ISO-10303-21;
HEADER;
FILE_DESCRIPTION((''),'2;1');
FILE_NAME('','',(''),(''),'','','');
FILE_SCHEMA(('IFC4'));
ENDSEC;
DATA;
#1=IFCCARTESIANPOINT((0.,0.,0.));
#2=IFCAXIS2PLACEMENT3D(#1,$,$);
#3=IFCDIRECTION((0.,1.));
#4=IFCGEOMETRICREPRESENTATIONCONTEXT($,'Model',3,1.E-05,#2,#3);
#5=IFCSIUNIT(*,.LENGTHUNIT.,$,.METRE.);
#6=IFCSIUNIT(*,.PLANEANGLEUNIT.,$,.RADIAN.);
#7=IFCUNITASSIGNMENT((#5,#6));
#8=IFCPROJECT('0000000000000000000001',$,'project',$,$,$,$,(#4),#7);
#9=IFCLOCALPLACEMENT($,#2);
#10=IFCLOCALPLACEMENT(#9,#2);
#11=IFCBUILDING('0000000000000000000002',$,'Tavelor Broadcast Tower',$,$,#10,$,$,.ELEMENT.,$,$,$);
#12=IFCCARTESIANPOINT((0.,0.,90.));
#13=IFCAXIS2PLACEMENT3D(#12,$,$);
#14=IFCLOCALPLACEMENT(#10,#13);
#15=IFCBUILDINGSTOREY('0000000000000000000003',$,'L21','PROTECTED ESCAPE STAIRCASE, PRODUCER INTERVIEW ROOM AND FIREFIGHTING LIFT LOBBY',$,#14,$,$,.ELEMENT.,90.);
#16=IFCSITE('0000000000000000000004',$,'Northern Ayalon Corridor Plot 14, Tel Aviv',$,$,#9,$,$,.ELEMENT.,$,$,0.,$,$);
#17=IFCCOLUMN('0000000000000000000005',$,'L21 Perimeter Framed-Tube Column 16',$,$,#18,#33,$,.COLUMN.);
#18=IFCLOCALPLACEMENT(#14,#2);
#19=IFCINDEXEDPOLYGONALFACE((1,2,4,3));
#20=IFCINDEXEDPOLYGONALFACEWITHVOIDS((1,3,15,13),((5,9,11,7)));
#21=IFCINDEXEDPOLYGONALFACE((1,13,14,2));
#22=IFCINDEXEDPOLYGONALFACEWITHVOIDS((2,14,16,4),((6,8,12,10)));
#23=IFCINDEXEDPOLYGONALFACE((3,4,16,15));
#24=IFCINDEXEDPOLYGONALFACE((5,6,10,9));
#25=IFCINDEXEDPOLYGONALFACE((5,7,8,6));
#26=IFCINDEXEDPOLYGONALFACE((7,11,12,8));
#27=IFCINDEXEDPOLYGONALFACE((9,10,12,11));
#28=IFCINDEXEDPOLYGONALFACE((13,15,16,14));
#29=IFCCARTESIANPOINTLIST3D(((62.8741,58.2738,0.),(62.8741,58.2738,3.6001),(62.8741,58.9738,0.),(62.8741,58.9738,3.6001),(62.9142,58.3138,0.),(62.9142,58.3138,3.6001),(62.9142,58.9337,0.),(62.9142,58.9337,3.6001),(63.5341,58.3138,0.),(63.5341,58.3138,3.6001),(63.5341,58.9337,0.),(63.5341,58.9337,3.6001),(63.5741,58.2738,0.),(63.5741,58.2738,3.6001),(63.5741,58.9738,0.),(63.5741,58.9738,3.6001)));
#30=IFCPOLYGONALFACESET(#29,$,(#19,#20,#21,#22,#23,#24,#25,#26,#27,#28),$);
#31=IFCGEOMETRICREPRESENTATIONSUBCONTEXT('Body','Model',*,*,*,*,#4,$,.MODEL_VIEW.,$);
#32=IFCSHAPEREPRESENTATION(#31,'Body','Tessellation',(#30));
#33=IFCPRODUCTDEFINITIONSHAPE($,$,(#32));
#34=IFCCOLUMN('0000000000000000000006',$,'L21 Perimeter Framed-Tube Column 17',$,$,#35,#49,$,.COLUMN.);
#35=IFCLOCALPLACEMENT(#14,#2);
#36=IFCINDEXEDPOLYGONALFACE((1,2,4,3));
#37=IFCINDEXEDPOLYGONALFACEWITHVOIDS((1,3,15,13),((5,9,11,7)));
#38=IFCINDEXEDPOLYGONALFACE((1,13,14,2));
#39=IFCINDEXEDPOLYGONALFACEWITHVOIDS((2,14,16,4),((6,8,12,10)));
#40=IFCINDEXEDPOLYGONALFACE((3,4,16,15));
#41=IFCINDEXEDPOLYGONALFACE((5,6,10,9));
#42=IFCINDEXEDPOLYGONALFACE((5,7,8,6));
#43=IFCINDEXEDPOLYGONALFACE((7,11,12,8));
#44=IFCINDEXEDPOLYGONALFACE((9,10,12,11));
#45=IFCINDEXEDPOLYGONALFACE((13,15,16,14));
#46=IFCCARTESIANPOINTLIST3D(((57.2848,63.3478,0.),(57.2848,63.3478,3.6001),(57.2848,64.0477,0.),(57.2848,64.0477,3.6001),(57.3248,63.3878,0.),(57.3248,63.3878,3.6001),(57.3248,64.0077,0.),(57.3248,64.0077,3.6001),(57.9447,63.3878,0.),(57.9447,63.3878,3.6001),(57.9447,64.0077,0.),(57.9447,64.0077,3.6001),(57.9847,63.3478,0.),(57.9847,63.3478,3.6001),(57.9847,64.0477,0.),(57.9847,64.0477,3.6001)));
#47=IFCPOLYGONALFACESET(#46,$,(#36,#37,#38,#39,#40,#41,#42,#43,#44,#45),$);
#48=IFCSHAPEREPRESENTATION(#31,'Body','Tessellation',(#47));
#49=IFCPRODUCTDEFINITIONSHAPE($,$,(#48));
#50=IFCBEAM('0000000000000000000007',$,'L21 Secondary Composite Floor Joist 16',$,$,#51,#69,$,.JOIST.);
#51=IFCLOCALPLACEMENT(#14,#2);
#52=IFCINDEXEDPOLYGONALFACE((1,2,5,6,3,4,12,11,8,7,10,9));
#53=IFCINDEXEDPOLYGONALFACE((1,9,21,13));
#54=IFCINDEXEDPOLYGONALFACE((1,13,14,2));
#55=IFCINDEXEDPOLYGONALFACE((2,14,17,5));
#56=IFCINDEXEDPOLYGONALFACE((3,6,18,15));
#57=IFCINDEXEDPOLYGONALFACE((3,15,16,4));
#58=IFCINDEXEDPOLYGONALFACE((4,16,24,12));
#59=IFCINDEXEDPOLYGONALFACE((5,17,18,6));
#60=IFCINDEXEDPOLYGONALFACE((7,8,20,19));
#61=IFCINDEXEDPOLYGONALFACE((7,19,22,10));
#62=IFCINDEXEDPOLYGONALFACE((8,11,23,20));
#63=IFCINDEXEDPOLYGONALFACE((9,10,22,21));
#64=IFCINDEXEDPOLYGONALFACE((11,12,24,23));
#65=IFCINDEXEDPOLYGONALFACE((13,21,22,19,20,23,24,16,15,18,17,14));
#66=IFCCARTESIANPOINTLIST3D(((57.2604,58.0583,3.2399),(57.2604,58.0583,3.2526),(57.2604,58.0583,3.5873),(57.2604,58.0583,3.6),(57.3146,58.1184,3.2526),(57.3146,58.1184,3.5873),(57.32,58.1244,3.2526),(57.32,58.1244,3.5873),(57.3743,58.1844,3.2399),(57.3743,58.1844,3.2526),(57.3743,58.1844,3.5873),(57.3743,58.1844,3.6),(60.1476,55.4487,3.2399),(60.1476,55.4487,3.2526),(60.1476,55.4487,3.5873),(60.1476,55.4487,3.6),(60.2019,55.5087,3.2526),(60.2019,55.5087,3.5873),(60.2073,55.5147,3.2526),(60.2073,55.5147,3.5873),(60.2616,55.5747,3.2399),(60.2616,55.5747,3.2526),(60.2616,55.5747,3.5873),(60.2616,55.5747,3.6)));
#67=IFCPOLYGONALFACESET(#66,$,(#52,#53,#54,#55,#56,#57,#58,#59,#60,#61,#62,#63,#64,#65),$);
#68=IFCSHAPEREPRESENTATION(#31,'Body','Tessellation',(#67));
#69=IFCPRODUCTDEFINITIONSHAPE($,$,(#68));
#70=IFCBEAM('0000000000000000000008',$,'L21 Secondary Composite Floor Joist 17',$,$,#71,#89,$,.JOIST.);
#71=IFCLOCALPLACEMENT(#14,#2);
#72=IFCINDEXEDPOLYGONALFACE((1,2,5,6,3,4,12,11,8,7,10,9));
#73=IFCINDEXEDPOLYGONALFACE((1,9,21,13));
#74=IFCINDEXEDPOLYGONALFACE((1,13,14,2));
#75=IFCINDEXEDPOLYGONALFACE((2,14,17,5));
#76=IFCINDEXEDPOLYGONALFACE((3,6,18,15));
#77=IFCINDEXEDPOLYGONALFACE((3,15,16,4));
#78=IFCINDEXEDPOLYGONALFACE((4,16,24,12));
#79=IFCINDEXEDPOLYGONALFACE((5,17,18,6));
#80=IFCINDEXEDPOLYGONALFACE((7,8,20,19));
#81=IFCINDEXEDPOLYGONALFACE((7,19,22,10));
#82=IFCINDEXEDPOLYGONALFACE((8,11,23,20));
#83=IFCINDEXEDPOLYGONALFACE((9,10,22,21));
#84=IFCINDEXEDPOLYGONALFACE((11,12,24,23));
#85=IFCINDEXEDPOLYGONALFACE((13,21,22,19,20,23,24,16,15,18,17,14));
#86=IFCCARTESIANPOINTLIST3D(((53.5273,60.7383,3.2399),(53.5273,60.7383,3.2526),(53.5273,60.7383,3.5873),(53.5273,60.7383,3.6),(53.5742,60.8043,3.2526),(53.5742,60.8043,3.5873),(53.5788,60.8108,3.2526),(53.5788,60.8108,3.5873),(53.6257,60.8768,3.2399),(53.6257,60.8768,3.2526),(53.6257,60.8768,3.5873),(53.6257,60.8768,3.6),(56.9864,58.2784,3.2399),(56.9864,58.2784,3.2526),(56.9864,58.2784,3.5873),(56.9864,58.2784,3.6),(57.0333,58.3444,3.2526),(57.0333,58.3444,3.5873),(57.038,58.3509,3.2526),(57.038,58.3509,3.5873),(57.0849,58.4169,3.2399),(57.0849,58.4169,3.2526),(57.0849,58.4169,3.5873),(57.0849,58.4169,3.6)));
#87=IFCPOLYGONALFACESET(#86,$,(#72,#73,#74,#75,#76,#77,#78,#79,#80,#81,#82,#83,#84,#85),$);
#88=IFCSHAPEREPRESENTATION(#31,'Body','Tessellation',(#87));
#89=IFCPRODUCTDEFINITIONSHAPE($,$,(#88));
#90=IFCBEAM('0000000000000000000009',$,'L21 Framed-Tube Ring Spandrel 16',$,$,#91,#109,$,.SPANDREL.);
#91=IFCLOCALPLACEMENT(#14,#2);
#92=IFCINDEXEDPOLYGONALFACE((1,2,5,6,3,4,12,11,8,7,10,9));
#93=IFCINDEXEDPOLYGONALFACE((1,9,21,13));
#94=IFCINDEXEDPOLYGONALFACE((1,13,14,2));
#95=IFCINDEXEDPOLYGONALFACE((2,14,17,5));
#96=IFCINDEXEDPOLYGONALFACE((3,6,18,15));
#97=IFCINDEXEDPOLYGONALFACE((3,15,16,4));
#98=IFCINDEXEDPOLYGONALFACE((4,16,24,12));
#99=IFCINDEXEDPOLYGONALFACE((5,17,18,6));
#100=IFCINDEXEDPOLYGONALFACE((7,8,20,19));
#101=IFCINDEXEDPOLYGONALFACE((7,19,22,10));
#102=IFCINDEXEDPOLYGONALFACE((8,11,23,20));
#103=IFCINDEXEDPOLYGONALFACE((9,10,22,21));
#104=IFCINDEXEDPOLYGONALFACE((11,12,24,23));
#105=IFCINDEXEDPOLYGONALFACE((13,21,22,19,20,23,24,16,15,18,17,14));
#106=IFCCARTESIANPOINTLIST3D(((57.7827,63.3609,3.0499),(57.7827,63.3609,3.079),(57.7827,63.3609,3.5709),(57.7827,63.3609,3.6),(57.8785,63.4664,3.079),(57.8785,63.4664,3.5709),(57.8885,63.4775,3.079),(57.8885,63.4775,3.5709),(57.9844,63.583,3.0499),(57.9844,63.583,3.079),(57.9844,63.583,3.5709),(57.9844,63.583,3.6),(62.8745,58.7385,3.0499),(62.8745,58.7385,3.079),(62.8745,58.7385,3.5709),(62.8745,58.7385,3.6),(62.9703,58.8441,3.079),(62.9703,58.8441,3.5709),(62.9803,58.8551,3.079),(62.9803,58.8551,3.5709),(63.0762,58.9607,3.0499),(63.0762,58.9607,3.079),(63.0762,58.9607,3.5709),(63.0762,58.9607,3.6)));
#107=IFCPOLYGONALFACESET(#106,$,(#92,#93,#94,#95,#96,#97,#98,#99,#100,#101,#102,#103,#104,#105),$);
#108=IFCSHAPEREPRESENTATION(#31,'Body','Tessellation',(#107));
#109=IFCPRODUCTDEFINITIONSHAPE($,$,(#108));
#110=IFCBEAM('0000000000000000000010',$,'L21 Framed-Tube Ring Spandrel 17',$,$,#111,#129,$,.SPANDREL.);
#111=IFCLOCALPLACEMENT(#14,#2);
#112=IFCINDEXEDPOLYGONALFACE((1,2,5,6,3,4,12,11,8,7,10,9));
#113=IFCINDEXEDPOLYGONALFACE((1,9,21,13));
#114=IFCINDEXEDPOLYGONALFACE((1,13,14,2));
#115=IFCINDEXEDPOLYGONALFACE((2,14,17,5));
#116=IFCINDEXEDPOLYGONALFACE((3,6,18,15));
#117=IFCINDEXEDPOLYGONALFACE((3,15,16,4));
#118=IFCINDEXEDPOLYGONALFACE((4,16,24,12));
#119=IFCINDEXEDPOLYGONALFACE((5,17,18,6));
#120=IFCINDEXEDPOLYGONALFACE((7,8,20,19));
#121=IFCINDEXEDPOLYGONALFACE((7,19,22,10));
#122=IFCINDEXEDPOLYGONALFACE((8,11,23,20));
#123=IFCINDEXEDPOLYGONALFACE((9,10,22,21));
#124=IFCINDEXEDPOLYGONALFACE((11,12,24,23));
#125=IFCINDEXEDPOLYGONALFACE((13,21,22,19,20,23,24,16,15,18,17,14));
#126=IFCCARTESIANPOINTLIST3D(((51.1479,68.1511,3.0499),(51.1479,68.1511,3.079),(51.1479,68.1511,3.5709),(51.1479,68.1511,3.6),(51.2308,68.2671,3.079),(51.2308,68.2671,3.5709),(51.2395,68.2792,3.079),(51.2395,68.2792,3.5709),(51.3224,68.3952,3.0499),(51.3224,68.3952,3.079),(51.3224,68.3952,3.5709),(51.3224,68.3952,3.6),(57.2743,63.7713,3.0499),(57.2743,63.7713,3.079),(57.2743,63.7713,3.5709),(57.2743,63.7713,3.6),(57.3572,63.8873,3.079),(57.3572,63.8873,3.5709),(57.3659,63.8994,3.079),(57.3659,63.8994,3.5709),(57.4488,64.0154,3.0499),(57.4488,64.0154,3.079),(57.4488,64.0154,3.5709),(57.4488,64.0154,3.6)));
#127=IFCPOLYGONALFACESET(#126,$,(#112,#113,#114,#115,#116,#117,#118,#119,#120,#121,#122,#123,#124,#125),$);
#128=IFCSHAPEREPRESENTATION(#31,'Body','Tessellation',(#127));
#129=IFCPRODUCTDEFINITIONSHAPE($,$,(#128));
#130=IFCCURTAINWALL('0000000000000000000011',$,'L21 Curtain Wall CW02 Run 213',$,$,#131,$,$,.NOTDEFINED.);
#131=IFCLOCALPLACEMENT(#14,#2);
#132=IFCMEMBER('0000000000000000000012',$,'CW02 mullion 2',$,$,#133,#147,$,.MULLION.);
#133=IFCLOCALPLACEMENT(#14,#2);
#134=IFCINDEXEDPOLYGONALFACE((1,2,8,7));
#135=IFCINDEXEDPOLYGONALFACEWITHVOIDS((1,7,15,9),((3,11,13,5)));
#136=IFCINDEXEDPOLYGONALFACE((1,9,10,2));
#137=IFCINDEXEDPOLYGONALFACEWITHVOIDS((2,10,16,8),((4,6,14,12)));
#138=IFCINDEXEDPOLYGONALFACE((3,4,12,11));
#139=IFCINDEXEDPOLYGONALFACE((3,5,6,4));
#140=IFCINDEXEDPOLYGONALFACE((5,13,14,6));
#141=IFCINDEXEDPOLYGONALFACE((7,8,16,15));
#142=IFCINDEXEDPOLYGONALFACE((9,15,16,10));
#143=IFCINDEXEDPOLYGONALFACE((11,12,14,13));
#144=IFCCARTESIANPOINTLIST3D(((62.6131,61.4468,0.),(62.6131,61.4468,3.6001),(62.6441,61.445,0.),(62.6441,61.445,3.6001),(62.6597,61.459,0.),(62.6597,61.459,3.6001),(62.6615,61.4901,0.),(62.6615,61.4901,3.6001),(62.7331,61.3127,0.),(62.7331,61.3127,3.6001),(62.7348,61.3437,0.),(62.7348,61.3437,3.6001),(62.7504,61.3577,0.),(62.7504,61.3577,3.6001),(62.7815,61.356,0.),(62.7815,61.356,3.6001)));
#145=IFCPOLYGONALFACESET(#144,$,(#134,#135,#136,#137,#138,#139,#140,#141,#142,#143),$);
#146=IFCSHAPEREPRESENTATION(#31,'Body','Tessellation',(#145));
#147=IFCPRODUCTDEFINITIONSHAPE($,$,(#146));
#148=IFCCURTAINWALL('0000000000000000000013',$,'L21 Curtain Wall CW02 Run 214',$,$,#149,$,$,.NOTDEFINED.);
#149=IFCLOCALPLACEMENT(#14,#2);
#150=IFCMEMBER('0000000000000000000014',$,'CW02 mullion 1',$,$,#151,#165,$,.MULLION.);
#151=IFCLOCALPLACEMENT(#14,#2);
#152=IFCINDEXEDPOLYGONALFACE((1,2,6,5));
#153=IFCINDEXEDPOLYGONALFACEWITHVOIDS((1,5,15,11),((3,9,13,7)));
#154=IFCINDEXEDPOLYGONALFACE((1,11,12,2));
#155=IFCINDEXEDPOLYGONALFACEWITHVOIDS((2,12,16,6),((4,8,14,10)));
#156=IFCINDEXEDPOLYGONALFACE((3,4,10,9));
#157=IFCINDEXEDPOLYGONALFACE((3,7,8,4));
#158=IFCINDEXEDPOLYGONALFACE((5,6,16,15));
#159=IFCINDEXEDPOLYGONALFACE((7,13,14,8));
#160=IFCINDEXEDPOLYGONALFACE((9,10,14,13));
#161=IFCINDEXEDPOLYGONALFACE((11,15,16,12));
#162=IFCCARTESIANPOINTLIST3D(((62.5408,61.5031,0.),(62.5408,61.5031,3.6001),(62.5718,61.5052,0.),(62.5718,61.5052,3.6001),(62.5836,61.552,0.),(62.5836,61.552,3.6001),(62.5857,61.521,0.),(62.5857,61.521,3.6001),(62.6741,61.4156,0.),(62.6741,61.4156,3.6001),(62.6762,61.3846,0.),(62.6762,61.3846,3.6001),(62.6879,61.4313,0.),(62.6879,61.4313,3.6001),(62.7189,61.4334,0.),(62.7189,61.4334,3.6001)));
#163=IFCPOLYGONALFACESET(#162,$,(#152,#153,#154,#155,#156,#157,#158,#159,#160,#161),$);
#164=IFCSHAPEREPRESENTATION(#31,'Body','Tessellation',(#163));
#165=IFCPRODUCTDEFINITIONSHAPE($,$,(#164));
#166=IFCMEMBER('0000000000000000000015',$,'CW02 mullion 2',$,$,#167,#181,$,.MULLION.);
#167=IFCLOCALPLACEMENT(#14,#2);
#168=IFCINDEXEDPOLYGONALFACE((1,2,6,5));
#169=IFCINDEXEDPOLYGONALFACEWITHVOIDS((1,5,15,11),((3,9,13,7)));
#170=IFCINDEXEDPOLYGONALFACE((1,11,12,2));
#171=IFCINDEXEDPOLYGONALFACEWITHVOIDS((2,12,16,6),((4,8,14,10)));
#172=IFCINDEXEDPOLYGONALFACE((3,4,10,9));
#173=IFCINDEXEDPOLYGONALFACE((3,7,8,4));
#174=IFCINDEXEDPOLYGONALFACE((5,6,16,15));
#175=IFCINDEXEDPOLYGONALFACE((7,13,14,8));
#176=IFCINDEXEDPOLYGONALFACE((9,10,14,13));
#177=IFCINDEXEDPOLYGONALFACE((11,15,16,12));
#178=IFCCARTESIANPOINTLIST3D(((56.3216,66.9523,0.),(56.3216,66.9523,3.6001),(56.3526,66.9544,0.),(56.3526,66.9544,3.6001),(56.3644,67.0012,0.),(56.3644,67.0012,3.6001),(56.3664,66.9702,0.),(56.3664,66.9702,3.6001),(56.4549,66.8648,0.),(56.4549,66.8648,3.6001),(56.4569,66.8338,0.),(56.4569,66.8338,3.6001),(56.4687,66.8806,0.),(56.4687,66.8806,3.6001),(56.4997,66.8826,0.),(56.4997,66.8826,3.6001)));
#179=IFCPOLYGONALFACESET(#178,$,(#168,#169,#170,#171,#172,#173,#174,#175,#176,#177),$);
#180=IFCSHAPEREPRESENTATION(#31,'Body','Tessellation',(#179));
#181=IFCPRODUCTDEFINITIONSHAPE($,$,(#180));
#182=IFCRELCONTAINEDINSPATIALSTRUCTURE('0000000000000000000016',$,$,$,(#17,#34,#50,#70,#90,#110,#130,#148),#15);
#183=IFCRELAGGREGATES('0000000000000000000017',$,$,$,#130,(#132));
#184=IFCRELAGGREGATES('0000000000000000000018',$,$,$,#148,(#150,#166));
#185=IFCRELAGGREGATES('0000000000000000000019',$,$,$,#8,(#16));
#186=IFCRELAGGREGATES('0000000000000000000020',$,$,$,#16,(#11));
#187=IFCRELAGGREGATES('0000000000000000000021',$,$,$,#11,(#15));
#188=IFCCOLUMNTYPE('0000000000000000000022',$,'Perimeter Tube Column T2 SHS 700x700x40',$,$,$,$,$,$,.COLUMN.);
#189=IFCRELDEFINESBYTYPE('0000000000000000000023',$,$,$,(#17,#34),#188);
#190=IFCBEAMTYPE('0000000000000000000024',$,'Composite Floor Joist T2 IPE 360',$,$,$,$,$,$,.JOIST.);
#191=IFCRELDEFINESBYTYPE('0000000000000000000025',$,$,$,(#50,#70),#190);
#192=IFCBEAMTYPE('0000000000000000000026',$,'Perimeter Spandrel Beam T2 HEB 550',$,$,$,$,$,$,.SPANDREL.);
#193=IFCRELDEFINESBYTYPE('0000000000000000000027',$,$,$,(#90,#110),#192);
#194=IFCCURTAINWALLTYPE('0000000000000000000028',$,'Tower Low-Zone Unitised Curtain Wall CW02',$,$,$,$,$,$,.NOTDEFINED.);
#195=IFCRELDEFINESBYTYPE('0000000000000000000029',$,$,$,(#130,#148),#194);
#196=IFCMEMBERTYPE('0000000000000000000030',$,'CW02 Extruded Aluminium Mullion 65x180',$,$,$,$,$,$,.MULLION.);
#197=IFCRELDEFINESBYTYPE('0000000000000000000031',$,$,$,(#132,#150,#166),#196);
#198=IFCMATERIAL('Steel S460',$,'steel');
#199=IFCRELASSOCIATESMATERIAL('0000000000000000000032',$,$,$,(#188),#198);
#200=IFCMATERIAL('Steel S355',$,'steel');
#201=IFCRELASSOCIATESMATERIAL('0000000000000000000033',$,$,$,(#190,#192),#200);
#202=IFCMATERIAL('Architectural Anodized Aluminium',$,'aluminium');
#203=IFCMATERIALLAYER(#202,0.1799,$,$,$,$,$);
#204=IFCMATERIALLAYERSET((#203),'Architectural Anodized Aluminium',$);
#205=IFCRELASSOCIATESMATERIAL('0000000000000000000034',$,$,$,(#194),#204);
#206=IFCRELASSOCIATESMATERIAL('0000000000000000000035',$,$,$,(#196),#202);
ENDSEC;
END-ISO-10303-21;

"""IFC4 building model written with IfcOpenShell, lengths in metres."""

from ifc_helpers import new_model, si_unit, direction, frame, origin, origin_2d, place, context, subcontext, project, spatial, hollow_rectangle, i_section, extrude, source, transform, mapped, material, layer, layer_set, material_profile, profile_set, type_object, type_shapes, element, aggregate, save


model = new_model("IFC4")

# Units and contexts
model_context = context("Model", 3, precision=1e-05, world=origin(), true_north=direction((0.0, 1.0)))
body_context = subcontext(model_context, "Body", "Model", "MODEL_VIEW")
ifc_project = project(units=[si_unit("LENGTHUNIT", "METRE"), si_unit("PLANEANGLEUNIT", "RADIAN")], contexts=[model_context])

# Site, building, storey
site_placement = place(None, origin())
site = spatial("IfcSite", under=ifc_project, at=site_placement, Name="Northern Ayalon Corridor Plot 14, Tel Aviv", CompositionType="ELEMENT", RefElevation=0.0)
building_placement = place(site_placement, origin())
building = spatial("IfcBuilding", under=site, at=building_placement, Name="Tavelor Broadcast Tower", CompositionType="ELEMENT")
storey_placement = place(building_placement, frame((0.0, 0.0, 90.0)))
storey = spatial("IfcBuildingStorey", under=building, at=storey_placement, Name="L21", Description="PROTECTED ESCAPE STAIRCASE, PRODUCER INTERVIEW ROOM AND FIREFIGHTING LIFT LOBBY", CompositionType="ELEMENT", Elevation=90.0)

# Columns
ifc_material_1 = material(Name="Steel S460", Category="steel")
ifc_material_profile_1 = material_profile(ifc_material_1, hollow_rectangle(XDim=0.7, YDim=0.7, WallThickness=0.04, at=origin_2d()), Name="SHS 700x700x40")
ifc_profile_set_1 = profile_set([ifc_material_profile_1], Name="Steel S460")
column_type = type_object("IfcColumnType", Name="Perimeter Tube Column T2 SHS 700x700x40", PredefinedType="COLUMN", material=ifc_profile_set_1)
for number, where, z_axis, x_axis, name in (
    (1, (63.2241, 58.6238, 0.0), (0.0, 0.0, 1.0), (1.0, 0.0, 0.0), "L21 Perimeter Framed-Tube Column 16"),
    (2, (57.6348, 63.6978, 0.0), (0.0, 0.0, 1.0), (1.0, 0.0, 0.0), "L21 Perimeter Framed-Tube Column 17"),
):
    element("IfcColumn", number, at=place(storey_placement, frame(where, z_axis=z_axis, x_axis=x_axis)), inside=storey, type_object=column_type, Name=name, PredefinedType="COLUMN", context=body_context, shape_type="SweptSolid", body=[
        extrude(hollow_rectangle(XDim=0.7, YDim=0.7, WallThickness=0.04, at=origin_2d()), origin(), (0.0, 0.0, 1.0), 3.6001),
    ])

# Beams
ifc_material_2 = material(Name="Steel S355", Category="steel")
ifc_material_profile_2 = material_profile(ifc_material_2, i_section(OverallWidth=0.1699, OverallDepth=0.3601, WebThickness=0.0081, FlangeThickness=0.0127, at=origin_2d()), Name="IPE 360")
ifc_profile_set_2 = profile_set([ifc_material_profile_2], Name="Steel S355")
beam_type_1 = type_object("IfcBeamType", Name="Composite Floor Joist T2 IPE 360", PredefinedType="JOIST", material=ifc_profile_set_2)
beam_1_placement = place(storey_placement, frame((60.2046, 55.5117, 3.4199), z_axis=(-0.74187, 0.670544, 0.0), x_axis=(-0.670544, -0.74187, 0.0)))
element("IfcBeam", 3, at=beam_1_placement, inside=storey, type_object=beam_type_1, Name="L21 Secondary Composite Floor Joist 16", PredefinedType="JOIST", context=body_context, shape_type="SweptSolid", body=[
    extrude(i_section(OverallWidth=0.1699, OverallDepth=0.3601, WebThickness=0.0081, FlangeThickness=0.0127, at=origin_2d()), origin(), (0.0, 0.0, 1.0), 3.8918),
])
beam_2_placement = place(storey_placement, frame((57.0356, 58.3477, 3.4199), z_axis=(-0.814948, 0.579534, 0.0), x_axis=(-0.579534, -0.814948, 0.0)))
element("IfcBeam", 4, at=beam_2_placement, inside=storey, type_object=beam_type_1, Name="L21 Secondary Composite Floor Joist 17", PredefinedType="JOIST", context=body_context, shape_type="SweptSolid", body=[
    extrude(i_section(OverallWidth=0.1699, OverallDepth=0.3601, WebThickness=0.0081, FlangeThickness=0.0127, at=origin_2d()), origin(), (0.0, 0.0, 1.0), 4.2446),
])
ifc_material_profile_3 = material_profile(ifc_material_2, i_section(OverallWidth=0.3, OverallDepth=0.55, WebThickness=0.0149, FlangeThickness=0.0291, at=origin_2d()), Name="HEB 550")
ifc_profile_set_3 = profile_set([ifc_material_profile_3], Name="Steel S355")
beam_type_2 = type_object("IfcBeamType", Name="Perimeter Spandrel Beam T2 HEB 550", PredefinedType="SPANDREL", material=ifc_profile_set_3)
beam_3_placement = place(storey_placement, frame((62.9753, 58.8496, 3.325), z_axis=(-0.740417, 0.672148, 0.0), x_axis=(-0.672148, -0.740417, 0.0)))
element("IfcBeam", 5, at=beam_3_placement, inside=storey, type_object=beam_type_2, Name="L21 Framed-Tube Ring Spandrel 16", PredefinedType="SPANDREL", context=body_context, shape_type="SweptSolid", body=[
    extrude(i_section(OverallWidth=0.3, OverallDepth=0.55, WebThickness=0.0149, FlangeThickness=0.0291, at=origin_2d()), origin(), (0.0, 0.0, 1.0), 6.877),
])
beam_4_placement = place(storey_placement, frame((57.3616, 63.8933, 3.325), z_axis=(-0.813492, 0.581575, 0.0), x_axis=(-0.581575, -0.813492, 0.0)))
element("IfcBeam", 6, at=beam_4_placement, inside=storey, type_object=beam_type_2, Name="L21 Framed-Tube Ring Spandrel 17", PredefinedType="SPANDREL", context=body_context, shape_type="SweptSolid", body=[
    extrude(i_section(OverallWidth=0.3, OverallDepth=0.55, WebThickness=0.0149, FlangeThickness=0.0291, at=origin_2d()), origin(), (0.0, 0.0, 1.0), 7.531),
])

# Curtain wall, member
ifc_material_3 = material(Name="Architectural Anodized Aluminium", Category="aluminium")
ifc_layer_1 = layer(ifc_material_3, 0.1799)
ifc_layer_set_1 = layer_set([ifc_layer_1], Name="Architectural Anodized Aluminium")
curtain_wall_type = type_object("IfcCurtainWallType", Name="Tower Low-Zone Unitised Curtain Wall CW02", PredefinedType="NOTDEFINED", material=ifc_layer_set_1)
curtain_wall_1_placement = place(storey_placement, origin())
curtain_wall_1 = element("IfcCurtainWall", 7, at=curtain_wall_1_placement, inside=storey, type_object=curtain_wall_type, Name="L21 Curtain Wall CW02 Run 213", PredefinedType="NOTDEFINED")
ifc_material_profile_4 = material_profile(ifc_material_3, hollow_rectangle(XDim=0.0649, YDim=0.1799, WallThickness=0.022, at=origin_2d()), Name="RHS 65x180x22")
ifc_profile_set_4 = profile_set([ifc_material_profile_4], Name="Architectural Anodized Aluminium")
member_type_1 = type_object("IfcMemberType", Name="CW02 Extruded Aluminium Mullion 65x180", PredefinedType="MULLION", material=ifc_profile_set_4)
shared_shape_1 = source(origin(), body_context, "Body", "SweptSolid", [
    extrude(hollow_rectangle(XDim=0.0649, YDim=0.1799, WallThickness=0.022, at=origin_2d()), origin(), (0.0, 0.0, 1.0), 3.6001),
])
type_shapes(member_type_1, [shared_shape_1])
member_1_placement = place(storey_placement, frame((62.6973, 61.4014, 0.0), z_axis=(0.0, 0.0, 1.0), x_axis=(-0.745177, -0.666867, 0.0)))
member_1 = element("IfcMember", 8, at=member_1_placement, type_object=member_type_1, Name="CW02 mullion 2", PredefinedType="MULLION", context=body_context, shape_type="MappedRepresentation", body=[
    mapped(shared_shape_1, transform((0.0, 0.0, 0.0), scale=1.0)),
])

# Curtain wall, members
curtain_wall_2_placement = place(storey_placement, origin())
curtain_wall_2 = element("IfcCurtainWall", 9, at=curtain_wall_2_placement, inside=storey, type_object=curtain_wall_type, Name="L21 Curtain Wall CW02 Run 214", PredefinedType="NOTDEFINED")
member_2_placement = place(storey_placement, frame((62.6299, 61.4683, 0.0), z_axis=(0.0, 0.0, 1.0), x_axis=(-0.659009, -0.752135, 0.0)))
member_2 = element("IfcMember", 10, at=member_2_placement, type_object=member_type_1, Name="CW02 mullion 1", PredefinedType="MULLION", context=body_context, shape_type="MappedRepresentation", body=[
    mapped(shared_shape_1, transform((0.0, 0.0, 0.0), scale=1.0)),
])
member_3_placement = place(storey_placement, frame((56.4106, 66.9175, 0.0), z_axis=(0.0, 0.0, 1.0), x_axis=(-0.659009, -0.752135, 0.0)))
member_3 = element("IfcMember", 11, at=member_3_placement, type_object=member_type_1, Name="CW02 mullion 2", PredefinedType="MULLION", context=body_context, shape_type="MappedRepresentation", body=[
    mapped(shared_shape_1, transform((0.0, 0.0, 0.0), scale=1.0)),
])

aggregate(curtain_wall_1, [member_1])
aggregate(curtain_wall_2, [member_2, member_3])

save(model, "model.ifc")
